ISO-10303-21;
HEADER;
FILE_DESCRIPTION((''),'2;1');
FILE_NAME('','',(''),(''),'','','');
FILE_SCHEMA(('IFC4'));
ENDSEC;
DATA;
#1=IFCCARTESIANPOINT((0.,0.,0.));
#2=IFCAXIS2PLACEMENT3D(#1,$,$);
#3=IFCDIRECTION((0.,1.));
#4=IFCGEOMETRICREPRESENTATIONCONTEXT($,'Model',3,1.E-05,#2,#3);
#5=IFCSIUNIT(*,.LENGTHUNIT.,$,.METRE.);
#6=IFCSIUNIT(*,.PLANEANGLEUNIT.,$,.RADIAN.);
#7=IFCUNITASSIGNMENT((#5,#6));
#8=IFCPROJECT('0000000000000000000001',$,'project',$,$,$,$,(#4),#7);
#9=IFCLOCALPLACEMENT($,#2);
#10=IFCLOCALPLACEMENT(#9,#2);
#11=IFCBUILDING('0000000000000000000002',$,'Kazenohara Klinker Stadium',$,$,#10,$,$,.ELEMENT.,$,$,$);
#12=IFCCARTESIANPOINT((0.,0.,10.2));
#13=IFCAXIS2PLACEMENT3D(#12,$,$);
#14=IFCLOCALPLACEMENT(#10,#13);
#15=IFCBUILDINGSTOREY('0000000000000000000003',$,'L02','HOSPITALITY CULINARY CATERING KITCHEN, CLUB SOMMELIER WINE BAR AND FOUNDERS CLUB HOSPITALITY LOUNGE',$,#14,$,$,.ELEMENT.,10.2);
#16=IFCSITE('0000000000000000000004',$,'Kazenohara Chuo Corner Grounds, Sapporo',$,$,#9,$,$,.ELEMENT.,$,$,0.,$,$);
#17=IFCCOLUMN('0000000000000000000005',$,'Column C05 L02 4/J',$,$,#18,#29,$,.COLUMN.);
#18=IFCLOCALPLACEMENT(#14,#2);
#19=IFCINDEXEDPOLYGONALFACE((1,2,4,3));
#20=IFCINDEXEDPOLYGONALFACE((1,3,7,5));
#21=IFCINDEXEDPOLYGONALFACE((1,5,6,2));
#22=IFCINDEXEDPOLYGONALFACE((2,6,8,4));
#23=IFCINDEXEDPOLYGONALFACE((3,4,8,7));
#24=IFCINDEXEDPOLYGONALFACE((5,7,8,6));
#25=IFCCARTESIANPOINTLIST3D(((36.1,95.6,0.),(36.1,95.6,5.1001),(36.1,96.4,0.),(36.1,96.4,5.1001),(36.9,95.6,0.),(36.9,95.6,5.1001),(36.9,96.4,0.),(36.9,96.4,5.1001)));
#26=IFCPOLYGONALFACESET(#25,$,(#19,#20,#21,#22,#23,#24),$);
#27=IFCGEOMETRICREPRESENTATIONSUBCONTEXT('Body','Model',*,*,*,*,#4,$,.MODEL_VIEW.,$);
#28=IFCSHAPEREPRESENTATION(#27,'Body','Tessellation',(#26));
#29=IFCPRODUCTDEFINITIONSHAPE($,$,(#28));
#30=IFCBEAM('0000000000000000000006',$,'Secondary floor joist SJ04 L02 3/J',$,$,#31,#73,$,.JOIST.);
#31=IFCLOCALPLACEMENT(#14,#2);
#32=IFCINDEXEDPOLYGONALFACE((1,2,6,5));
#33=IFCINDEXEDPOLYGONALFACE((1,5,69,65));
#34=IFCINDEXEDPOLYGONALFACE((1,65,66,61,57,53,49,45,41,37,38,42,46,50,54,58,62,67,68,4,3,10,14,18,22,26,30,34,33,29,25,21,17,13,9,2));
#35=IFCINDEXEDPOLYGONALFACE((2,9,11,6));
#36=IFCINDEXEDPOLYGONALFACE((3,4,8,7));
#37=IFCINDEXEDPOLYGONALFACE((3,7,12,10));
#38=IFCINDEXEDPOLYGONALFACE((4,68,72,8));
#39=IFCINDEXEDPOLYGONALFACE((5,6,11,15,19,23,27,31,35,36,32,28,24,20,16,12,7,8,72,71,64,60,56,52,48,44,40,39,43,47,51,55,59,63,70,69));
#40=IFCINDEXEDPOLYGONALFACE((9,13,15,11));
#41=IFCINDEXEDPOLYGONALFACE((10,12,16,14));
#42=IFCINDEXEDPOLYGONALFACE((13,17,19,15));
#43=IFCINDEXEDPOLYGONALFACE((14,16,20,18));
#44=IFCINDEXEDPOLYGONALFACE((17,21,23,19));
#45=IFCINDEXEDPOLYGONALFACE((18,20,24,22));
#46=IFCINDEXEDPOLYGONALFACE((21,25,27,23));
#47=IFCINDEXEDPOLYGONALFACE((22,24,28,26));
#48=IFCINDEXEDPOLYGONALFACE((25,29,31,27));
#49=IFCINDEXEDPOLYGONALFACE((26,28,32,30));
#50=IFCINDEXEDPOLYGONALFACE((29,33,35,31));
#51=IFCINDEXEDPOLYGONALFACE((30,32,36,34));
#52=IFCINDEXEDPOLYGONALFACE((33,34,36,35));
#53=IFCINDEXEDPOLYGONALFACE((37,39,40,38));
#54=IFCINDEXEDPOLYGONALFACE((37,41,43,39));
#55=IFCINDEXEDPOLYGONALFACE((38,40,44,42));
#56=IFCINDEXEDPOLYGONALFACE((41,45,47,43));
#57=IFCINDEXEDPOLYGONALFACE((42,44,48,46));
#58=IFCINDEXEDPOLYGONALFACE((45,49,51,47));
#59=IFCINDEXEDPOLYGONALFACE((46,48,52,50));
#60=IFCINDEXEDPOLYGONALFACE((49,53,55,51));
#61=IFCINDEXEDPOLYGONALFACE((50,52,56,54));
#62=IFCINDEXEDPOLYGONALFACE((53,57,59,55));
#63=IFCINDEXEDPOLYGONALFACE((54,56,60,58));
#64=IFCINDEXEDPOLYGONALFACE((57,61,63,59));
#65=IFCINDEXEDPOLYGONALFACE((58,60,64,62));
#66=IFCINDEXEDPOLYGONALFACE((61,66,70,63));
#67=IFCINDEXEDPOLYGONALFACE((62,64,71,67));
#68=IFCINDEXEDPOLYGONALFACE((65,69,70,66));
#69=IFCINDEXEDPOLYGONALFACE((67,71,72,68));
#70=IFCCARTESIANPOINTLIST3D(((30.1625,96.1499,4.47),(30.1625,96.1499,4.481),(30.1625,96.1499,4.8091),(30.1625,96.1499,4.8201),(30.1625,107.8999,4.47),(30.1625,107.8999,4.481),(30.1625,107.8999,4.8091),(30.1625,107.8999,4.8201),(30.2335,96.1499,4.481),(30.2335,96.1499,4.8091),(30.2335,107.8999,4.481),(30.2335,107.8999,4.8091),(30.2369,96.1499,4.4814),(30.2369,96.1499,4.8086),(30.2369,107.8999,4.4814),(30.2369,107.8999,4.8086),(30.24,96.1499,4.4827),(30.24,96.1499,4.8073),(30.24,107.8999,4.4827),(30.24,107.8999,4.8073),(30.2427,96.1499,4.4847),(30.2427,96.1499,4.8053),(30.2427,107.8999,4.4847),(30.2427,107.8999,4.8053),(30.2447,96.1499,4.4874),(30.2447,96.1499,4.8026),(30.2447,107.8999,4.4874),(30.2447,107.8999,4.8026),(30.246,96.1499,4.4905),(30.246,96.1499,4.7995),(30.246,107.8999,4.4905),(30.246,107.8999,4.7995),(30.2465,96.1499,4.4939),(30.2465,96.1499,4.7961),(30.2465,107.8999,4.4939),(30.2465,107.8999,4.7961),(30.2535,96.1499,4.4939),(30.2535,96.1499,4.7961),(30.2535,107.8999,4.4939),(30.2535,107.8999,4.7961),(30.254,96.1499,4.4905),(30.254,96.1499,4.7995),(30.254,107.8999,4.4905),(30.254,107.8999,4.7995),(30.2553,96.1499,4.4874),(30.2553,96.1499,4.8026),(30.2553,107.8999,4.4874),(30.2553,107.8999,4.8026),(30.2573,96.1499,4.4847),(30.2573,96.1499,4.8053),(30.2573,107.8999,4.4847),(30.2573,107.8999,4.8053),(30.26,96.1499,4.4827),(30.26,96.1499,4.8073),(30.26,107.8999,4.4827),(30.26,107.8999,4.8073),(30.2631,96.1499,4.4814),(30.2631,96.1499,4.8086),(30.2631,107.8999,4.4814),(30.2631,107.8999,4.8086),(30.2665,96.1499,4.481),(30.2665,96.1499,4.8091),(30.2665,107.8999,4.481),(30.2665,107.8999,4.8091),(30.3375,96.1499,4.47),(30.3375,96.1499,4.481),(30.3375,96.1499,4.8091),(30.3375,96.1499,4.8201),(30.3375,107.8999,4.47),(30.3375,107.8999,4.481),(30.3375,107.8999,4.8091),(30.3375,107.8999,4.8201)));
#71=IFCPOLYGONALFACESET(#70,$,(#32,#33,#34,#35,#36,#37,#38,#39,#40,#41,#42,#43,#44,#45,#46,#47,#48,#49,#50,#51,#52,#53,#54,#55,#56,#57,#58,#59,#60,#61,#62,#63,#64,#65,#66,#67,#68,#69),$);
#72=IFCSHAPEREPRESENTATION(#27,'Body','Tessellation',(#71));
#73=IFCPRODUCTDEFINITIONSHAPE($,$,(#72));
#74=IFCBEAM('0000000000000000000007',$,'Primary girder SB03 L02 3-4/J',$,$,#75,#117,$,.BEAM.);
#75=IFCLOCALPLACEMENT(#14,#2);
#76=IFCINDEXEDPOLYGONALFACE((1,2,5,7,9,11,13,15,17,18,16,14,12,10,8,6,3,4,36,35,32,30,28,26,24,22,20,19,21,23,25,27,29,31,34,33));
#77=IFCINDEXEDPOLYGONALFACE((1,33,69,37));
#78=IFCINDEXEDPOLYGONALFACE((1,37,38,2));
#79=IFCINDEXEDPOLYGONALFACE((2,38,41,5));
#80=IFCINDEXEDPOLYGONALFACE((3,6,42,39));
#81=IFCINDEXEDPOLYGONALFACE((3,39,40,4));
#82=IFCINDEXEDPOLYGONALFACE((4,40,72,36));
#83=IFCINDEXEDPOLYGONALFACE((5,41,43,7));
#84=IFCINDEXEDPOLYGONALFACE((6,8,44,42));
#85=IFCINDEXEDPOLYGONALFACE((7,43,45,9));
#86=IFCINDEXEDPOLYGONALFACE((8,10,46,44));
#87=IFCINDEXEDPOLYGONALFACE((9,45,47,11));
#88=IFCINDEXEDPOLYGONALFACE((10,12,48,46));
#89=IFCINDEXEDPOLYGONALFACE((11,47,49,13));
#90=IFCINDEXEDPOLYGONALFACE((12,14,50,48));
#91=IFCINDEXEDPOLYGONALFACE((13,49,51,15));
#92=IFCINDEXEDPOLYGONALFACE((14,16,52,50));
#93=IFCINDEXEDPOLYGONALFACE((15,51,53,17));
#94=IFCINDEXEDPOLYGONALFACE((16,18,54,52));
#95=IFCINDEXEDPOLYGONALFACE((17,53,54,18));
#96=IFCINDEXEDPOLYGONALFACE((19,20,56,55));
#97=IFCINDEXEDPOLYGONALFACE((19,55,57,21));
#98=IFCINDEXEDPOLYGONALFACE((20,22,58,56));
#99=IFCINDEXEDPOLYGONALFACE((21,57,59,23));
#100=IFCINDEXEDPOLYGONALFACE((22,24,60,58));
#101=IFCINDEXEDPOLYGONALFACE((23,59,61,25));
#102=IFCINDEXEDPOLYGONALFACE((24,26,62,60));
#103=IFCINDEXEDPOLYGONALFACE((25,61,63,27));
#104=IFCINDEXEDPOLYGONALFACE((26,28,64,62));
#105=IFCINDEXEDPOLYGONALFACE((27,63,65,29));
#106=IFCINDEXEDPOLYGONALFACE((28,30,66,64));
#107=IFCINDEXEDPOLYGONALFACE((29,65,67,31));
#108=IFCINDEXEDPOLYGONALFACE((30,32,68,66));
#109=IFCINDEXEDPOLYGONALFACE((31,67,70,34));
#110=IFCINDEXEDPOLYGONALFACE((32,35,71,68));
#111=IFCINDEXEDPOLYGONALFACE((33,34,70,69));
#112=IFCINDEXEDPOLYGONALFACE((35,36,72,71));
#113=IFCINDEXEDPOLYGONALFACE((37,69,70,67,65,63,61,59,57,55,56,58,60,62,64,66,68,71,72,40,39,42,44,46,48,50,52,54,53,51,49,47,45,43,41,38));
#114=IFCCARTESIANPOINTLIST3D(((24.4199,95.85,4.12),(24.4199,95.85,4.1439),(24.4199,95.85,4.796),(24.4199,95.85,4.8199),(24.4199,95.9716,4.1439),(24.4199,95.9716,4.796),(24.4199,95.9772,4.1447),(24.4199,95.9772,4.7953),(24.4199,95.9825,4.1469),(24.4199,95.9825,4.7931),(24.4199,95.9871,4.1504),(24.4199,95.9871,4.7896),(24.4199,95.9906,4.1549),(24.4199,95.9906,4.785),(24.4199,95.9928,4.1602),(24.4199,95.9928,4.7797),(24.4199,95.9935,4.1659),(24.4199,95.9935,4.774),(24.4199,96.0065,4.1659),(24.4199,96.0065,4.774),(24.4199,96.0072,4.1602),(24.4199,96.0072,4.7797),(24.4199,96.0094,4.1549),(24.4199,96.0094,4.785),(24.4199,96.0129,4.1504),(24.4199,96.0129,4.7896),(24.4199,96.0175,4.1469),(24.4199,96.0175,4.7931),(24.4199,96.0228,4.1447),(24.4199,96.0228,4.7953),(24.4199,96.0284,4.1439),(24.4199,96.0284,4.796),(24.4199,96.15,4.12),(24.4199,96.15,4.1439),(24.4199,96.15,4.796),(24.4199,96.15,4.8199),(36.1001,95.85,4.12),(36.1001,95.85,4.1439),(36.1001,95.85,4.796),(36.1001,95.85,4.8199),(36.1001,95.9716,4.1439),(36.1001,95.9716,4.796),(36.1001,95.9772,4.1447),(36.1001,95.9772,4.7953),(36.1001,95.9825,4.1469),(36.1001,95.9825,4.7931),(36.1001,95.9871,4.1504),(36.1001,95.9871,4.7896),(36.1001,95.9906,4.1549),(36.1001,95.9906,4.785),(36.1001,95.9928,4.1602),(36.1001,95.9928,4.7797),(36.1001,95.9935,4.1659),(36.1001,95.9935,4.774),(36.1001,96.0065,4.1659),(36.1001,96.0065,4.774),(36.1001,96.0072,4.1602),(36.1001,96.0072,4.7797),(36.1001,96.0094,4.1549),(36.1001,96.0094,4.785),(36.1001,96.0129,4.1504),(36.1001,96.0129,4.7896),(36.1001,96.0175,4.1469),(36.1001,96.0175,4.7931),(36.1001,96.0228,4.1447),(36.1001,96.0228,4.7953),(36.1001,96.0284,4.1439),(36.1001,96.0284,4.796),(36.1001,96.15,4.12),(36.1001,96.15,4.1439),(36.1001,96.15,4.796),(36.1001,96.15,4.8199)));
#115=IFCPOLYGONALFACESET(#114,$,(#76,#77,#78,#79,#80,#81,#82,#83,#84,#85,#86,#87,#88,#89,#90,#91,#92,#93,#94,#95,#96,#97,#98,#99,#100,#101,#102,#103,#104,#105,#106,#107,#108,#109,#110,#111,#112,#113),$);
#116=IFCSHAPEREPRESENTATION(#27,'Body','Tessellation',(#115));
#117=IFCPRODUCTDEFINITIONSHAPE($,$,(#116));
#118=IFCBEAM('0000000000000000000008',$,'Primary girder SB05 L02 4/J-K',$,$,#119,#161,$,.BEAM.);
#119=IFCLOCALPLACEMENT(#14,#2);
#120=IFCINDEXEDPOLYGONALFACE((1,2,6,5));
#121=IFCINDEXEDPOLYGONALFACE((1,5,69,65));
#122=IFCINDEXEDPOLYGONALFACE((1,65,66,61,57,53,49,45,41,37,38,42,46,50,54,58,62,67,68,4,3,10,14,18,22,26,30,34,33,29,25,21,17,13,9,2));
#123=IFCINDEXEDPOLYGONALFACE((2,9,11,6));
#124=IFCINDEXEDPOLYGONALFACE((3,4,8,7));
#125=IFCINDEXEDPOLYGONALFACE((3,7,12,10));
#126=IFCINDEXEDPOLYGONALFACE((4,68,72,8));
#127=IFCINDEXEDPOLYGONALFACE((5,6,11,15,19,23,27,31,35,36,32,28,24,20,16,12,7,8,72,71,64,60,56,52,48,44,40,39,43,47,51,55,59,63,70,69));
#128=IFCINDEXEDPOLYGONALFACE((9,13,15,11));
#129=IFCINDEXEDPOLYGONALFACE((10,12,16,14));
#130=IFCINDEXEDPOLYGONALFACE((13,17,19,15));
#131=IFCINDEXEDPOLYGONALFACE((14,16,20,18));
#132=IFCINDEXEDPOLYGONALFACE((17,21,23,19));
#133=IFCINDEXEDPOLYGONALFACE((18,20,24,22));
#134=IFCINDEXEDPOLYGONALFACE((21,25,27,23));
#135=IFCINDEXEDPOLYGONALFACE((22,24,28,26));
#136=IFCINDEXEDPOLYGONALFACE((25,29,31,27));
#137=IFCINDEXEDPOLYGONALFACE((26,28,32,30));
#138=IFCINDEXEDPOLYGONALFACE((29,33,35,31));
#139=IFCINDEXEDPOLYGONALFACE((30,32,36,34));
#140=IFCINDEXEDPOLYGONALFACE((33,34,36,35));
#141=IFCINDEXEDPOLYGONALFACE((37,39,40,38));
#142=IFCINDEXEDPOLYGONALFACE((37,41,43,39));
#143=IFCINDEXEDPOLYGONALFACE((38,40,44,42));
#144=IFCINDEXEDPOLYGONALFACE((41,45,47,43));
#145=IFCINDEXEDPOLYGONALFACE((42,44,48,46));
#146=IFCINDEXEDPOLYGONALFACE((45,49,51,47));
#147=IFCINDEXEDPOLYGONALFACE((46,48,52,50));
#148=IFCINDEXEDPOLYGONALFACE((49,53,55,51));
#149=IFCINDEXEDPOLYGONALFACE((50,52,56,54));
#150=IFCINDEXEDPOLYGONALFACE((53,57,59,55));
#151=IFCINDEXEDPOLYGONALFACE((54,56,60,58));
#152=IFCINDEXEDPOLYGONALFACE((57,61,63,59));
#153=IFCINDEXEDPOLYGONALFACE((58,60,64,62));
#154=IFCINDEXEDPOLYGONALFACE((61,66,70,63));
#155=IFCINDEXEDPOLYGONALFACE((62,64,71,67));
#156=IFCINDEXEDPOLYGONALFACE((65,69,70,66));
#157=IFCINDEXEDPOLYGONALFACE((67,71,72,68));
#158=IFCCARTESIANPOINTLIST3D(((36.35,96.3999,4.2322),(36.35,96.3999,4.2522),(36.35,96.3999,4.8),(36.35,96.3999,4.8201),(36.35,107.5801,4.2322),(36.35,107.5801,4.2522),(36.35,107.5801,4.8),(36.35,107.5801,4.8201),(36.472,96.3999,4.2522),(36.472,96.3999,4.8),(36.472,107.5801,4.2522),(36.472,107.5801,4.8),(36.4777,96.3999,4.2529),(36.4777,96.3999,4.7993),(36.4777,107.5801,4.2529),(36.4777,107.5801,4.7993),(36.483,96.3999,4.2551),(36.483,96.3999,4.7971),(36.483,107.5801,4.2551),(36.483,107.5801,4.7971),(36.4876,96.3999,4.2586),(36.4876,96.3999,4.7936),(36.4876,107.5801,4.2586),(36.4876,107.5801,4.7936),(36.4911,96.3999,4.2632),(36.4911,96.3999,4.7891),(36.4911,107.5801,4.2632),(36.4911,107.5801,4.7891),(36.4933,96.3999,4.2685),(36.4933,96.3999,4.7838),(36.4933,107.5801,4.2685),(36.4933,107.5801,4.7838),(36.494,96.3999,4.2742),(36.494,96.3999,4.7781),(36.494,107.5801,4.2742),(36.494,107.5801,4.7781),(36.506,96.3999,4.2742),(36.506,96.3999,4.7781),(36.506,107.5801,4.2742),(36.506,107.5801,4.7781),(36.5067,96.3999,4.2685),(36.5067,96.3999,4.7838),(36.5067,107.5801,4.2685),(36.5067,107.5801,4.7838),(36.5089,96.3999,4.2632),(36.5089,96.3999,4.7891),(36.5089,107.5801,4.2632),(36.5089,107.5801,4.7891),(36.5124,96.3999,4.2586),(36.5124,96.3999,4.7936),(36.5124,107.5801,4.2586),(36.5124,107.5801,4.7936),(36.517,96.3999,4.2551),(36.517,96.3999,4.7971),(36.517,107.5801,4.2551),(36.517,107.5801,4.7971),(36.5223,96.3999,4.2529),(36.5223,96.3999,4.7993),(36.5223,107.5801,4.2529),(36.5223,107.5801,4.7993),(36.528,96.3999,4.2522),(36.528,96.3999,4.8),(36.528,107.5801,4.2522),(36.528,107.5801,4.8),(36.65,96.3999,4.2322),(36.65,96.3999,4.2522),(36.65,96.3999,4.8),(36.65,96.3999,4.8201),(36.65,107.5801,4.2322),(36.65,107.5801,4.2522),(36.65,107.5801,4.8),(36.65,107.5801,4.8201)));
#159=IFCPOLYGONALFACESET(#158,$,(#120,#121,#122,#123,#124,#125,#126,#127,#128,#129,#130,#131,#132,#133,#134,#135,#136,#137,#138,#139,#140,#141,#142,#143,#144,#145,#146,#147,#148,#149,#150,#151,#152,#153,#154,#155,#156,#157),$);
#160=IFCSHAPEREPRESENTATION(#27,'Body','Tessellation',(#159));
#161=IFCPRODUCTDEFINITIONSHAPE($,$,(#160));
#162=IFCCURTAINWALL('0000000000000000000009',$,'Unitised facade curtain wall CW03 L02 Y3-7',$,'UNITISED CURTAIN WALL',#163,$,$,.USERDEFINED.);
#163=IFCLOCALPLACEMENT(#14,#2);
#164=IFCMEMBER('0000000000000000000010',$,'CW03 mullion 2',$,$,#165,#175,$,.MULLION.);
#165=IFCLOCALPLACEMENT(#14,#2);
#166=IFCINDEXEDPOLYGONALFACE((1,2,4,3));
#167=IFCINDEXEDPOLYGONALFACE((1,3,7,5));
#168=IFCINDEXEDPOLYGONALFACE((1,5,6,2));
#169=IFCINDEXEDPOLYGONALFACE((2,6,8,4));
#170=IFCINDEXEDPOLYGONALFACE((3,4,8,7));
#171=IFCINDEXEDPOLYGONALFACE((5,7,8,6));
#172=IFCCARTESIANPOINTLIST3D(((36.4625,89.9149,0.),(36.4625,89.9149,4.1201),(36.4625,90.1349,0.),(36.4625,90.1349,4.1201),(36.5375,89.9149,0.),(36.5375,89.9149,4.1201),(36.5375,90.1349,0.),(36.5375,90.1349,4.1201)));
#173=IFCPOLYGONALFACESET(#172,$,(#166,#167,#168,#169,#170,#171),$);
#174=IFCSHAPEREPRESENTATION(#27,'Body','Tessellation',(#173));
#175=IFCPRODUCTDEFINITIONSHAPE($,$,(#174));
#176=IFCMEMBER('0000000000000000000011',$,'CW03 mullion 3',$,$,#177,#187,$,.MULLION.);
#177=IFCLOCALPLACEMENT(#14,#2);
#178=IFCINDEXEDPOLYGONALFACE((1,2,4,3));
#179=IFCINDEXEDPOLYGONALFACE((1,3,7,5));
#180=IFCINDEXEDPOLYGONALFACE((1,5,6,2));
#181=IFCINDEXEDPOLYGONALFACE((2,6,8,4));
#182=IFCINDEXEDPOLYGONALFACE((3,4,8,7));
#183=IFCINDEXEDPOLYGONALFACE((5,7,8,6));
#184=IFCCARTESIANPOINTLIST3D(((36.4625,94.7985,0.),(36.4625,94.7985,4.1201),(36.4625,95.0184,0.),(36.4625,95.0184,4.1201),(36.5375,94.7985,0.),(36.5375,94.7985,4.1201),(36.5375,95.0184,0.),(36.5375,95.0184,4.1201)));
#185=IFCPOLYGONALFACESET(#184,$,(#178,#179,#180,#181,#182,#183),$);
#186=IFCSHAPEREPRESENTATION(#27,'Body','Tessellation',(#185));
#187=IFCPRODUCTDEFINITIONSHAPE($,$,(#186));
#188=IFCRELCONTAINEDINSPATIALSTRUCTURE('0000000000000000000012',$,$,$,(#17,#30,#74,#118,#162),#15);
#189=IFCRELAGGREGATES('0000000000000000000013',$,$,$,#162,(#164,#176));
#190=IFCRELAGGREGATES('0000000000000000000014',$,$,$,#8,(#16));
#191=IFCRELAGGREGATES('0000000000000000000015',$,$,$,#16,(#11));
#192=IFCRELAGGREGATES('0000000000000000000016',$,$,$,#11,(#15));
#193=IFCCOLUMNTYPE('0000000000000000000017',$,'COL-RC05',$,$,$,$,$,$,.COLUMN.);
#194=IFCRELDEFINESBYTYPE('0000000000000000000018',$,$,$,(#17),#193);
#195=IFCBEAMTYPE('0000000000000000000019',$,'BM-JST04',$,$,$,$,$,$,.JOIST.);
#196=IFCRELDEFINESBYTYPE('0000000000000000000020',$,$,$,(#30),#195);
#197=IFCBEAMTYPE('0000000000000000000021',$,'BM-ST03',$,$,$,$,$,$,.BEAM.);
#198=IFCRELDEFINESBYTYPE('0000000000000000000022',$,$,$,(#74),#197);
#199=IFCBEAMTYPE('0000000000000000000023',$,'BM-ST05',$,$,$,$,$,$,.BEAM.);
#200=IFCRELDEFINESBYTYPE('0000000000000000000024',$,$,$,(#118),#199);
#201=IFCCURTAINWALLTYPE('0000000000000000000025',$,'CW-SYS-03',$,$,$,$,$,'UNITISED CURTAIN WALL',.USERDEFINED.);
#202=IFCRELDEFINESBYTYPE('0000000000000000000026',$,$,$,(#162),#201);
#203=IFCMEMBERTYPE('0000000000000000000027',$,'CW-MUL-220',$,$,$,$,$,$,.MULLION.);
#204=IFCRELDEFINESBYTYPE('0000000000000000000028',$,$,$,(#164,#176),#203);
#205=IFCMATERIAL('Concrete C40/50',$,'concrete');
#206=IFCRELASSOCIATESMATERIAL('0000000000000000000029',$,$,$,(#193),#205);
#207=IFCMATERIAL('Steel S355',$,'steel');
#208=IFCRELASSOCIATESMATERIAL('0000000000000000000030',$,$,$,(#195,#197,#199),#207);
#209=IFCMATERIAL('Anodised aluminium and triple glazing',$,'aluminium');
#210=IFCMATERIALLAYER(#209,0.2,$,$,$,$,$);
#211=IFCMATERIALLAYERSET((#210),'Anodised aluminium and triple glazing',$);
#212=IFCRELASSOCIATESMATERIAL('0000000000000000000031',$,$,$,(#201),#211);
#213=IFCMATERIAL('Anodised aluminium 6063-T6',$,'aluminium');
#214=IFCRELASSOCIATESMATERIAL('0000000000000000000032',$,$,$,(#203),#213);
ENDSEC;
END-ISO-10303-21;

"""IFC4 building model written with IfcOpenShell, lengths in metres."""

from ifc_helpers import new_model, si_unit, direction, frame, origin, origin_2d, place, context, subcontext, project, spatial, rectangle, i_section, extrude, material, layer, layer_set, material_profile, profile_set, type_object, element, aggregate, save


model = new_model("IFC4")

# Units and contexts
model_context = context("Model", 3, precision=1e-05, world=origin(), true_north=direction((0.0, 1.0)))
body_context = subcontext(model_context, "Body", "Model", "MODEL_VIEW")
ifc_project = project(units=[si_unit("LENGTHUNIT", "METRE"), si_unit("PLANEANGLEUNIT", "RADIAN")], contexts=[model_context])

# Site, building, storey
site_placement = place(None, origin())
site = spatial("IfcSite", under=ifc_project, at=site_placement, Name="Kazenohara Chuo Corner Grounds, Sapporo", CompositionType="ELEMENT", RefElevation=0.0)
building_placement = place(site_placement, origin())
building = spatial("IfcBuilding", under=site, at=building_placement, Name="Kazenohara Klinker Stadium", CompositionType="ELEMENT")
storey_placement = place(building_placement, frame((0.0, 0.0, 10.2)))
storey = spatial("IfcBuildingStorey", under=building, at=storey_placement, Name="L02", Description="HOSPITALITY CULINARY CATERING KITCHEN, CLUB SOMMELIER WINE BAR AND FOUNDERS CLUB HOSPITALITY LOUNGE", CompositionType="ELEMENT", Elevation=10.2)

# Column
ifc_material_1 = material(Name="Concrete C40/50", Category="concrete")
ifc_material_profile_1 = material_profile(ifc_material_1, rectangle(XDim=0.8, YDim=0.8, at=origin_2d()), Name="RC-COL-800x800")
ifc_profile_set_1 = profile_set([ifc_material_profile_1], Name="Concrete C40/50")
column_type = type_object("IfcColumnType", Name="COL-RC05", PredefinedType="COLUMN", material=ifc_profile_set_1)
column_placement = place(storey_placement, frame((36.5, 96.0, 0.0), z_axis=(0.0, 0.0, 1.0), x_axis=(1.0, 0.0, 0.0)))
element("IfcColumn", 1, at=column_placement, inside=storey, type_object=column_type, Name="Column C05 L02 4/J", PredefinedType="COLUMN", context=body_context, shape_type="SweptSolid", body=[
    extrude(rectangle(XDim=0.8, YDim=0.8, at=origin_2d()), origin(), (0.0, 0.0, 1.0), 5.1001),
])

# Beams
ifc_material_2 = material(Name="Steel S355", Category="steel")
ifc_material_profile_2 = material_profile(ifc_material_2, i_section(OverallWidth=0.175, OverallDepth=0.3501, WebThickness=0.0071, FlangeThickness=0.011, FilletRadius=0.0129, at=origin_2d()), Name="H-350x175x7x11")
ifc_profile_set_2 = profile_set([ifc_material_profile_2], Name="Steel S355")
beam_type_1 = type_object("IfcBeamType", Name="BM-JST04", PredefinedType="JOIST", material=ifc_profile_set_2)
beam_1_placement = place(storey_placement, frame((30.25, 96.1499, 4.645), z_axis=(0.0, 1.0, 0.0), x_axis=(-1.0, 0.0, 0.0)))
element("IfcBeam", 2, at=beam_1_placement, inside=storey, type_object=beam_type_1, Name="Secondary floor joist SJ04 L02 3/J", PredefinedType="JOIST", context=body_context, shape_type="SweptSolid", body=[
    extrude(i_section(OverallWidth=0.175, OverallDepth=0.3501, WebThickness=0.0071, FlangeThickness=0.011, FilletRadius=0.0129, at=origin_2d()), origin(), (0.0, 0.0, 1.0), 11.75),
])
ifc_material_profile_3 = material_profile(ifc_material_2, i_section(OverallWidth=0.3, OverallDepth=0.7, WebThickness=0.0129, FlangeThickness=0.0239, FilletRadius=0.022, at=origin_2d()), Name="H-700x300x13x24")
ifc_profile_set_3 = profile_set([ifc_material_profile_3], Name="Steel S355")
beam_type_2 = type_object("IfcBeamType", Name="BM-ST03", PredefinedType="BEAM", material=ifc_profile_set_3)
beam_2_placement = place(storey_placement, frame((24.4199, 96.0, 4.47), z_axis=(1.0, 0.0, 0.0), x_axis=(0.0, 1.0, 0.0)))
element("IfcBeam", 3, at=beam_2_placement, inside=storey, type_object=beam_type_2, Name="Primary girder SB03 L02 3-4/J", PredefinedType="BEAM", context=body_context, shape_type="SweptSolid", body=[
    extrude(i_section(OverallWidth=0.3, OverallDepth=0.7, WebThickness=0.0129, FlangeThickness=0.0239, FilletRadius=0.022, at=origin_2d()), origin(), (0.0, 0.0, 1.0), 11.6802),
])
ifc_material_profile_4 = material_profile(ifc_material_2, i_section(OverallWidth=0.3, OverallDepth=0.5879, WebThickness=0.012, FlangeThickness=0.02, FilletRadius=0.022, at=origin_2d()), Name="H-588x300x12x20")
ifc_profile_set_4 = profile_set([ifc_material_profile_4], Name="Steel S355")
beam_type_3 = type_object("IfcBeamType", Name="BM-ST05", PredefinedType="BEAM", material=ifc_profile_set_4)
beam_3_placement = place(storey_placement, frame((36.5, 96.3999, 4.5261), z_axis=(0.0, 1.0, 0.0), x_axis=(-1.0, 0.0, 0.0)))
element("IfcBeam", 4, at=beam_3_placement, inside=storey, type_object=beam_type_3, Name="Primary girder SB05 L02 4/J-K", PredefinedType="BEAM", context=body_context, shape_type="SweptSolid", body=[
    extrude(i_section(OverallWidth=0.3, OverallDepth=0.5879, WebThickness=0.012, FlangeThickness=0.02, FilletRadius=0.022, at=origin_2d()), origin(), (0.0, 0.0, 1.0), 11.1802),
])

# Curtain wall, members
ifc_material_3 = material(Name="Anodised aluminium and triple glazing", Category="aluminium")
ifc_layer_1 = layer(ifc_material_3, 0.2)
ifc_layer_set_1 = layer_set([ifc_layer_1], Name="Anodised aluminium and triple glazing")
curtain_wall_type = type_object("IfcCurtainWallType", Name="CW-SYS-03", ElementType="UNITISED CURTAIN WALL", PredefinedType="USERDEFINED", material=ifc_layer_set_1)
curtain_wall_placement = place(storey_placement, origin())
curtain_wall = element("IfcCurtainWall", 5, at=curtain_wall_placement, inside=storey, type_object=curtain_wall_type, Name="Unitised facade curtain wall CW03 L02 Y3-7", ObjectType="UNITISED CURTAIN WALL", PredefinedType="USERDEFINED")
ifc_material_4 = material(Name="Anodised aluminium 6063-T6", Category="aluminium")
ifc_material_profile_5 = material_profile(ifc_material_4, rectangle(XDim=0.075, YDim=0.22, at=origin_2d()), Name="ALU-MUL-75x220")
ifc_profile_set_5 = profile_set([ifc_material_profile_5], Name="Anodised aluminium 6063-T6")
member_type_1 = type_object("IfcMemberType", Name="CW-MUL-220", PredefinedType="MULLION", material=ifc_profile_set_5)
member_1_placement = place(storey_placement, frame((36.5, 90.0249, 0.0), z_axis=(0.0, 0.0, 1.0), x_axis=(-1.0, 0.0, 0.0)))
member_1 = element("IfcMember", 6, at=member_1_placement, type_object=member_type_1, Name="CW03 mullion 2", PredefinedType="MULLION", context=body_context, shape_type="SweptSolid", body=[
    extrude(rectangle(XDim=0.075, YDim=0.22, at=origin_2d()), origin(), (0.0, 0.0, 1.0), 4.1201),
])
member_2_placement = place(storey_placement, frame((36.5, 94.9084, 0.0), z_axis=(0.0, 0.0, 1.0), x_axis=(-1.0, 0.0, 0.0)))
member_2 = element("IfcMember", 7, at=member_2_placement, type_object=member_type_1, Name="CW03 mullion 3", PredefinedType="MULLION", context=body_context, shape_type="SweptSolid", body=[
    extrude(rectangle(XDim=0.075, YDim=0.22, at=origin_2d()), origin(), (0.0, 0.0, 1.0), 4.1201),
])
aggregate(curtain_wall, [member_1, member_2])

save(model, "model.ifc")
